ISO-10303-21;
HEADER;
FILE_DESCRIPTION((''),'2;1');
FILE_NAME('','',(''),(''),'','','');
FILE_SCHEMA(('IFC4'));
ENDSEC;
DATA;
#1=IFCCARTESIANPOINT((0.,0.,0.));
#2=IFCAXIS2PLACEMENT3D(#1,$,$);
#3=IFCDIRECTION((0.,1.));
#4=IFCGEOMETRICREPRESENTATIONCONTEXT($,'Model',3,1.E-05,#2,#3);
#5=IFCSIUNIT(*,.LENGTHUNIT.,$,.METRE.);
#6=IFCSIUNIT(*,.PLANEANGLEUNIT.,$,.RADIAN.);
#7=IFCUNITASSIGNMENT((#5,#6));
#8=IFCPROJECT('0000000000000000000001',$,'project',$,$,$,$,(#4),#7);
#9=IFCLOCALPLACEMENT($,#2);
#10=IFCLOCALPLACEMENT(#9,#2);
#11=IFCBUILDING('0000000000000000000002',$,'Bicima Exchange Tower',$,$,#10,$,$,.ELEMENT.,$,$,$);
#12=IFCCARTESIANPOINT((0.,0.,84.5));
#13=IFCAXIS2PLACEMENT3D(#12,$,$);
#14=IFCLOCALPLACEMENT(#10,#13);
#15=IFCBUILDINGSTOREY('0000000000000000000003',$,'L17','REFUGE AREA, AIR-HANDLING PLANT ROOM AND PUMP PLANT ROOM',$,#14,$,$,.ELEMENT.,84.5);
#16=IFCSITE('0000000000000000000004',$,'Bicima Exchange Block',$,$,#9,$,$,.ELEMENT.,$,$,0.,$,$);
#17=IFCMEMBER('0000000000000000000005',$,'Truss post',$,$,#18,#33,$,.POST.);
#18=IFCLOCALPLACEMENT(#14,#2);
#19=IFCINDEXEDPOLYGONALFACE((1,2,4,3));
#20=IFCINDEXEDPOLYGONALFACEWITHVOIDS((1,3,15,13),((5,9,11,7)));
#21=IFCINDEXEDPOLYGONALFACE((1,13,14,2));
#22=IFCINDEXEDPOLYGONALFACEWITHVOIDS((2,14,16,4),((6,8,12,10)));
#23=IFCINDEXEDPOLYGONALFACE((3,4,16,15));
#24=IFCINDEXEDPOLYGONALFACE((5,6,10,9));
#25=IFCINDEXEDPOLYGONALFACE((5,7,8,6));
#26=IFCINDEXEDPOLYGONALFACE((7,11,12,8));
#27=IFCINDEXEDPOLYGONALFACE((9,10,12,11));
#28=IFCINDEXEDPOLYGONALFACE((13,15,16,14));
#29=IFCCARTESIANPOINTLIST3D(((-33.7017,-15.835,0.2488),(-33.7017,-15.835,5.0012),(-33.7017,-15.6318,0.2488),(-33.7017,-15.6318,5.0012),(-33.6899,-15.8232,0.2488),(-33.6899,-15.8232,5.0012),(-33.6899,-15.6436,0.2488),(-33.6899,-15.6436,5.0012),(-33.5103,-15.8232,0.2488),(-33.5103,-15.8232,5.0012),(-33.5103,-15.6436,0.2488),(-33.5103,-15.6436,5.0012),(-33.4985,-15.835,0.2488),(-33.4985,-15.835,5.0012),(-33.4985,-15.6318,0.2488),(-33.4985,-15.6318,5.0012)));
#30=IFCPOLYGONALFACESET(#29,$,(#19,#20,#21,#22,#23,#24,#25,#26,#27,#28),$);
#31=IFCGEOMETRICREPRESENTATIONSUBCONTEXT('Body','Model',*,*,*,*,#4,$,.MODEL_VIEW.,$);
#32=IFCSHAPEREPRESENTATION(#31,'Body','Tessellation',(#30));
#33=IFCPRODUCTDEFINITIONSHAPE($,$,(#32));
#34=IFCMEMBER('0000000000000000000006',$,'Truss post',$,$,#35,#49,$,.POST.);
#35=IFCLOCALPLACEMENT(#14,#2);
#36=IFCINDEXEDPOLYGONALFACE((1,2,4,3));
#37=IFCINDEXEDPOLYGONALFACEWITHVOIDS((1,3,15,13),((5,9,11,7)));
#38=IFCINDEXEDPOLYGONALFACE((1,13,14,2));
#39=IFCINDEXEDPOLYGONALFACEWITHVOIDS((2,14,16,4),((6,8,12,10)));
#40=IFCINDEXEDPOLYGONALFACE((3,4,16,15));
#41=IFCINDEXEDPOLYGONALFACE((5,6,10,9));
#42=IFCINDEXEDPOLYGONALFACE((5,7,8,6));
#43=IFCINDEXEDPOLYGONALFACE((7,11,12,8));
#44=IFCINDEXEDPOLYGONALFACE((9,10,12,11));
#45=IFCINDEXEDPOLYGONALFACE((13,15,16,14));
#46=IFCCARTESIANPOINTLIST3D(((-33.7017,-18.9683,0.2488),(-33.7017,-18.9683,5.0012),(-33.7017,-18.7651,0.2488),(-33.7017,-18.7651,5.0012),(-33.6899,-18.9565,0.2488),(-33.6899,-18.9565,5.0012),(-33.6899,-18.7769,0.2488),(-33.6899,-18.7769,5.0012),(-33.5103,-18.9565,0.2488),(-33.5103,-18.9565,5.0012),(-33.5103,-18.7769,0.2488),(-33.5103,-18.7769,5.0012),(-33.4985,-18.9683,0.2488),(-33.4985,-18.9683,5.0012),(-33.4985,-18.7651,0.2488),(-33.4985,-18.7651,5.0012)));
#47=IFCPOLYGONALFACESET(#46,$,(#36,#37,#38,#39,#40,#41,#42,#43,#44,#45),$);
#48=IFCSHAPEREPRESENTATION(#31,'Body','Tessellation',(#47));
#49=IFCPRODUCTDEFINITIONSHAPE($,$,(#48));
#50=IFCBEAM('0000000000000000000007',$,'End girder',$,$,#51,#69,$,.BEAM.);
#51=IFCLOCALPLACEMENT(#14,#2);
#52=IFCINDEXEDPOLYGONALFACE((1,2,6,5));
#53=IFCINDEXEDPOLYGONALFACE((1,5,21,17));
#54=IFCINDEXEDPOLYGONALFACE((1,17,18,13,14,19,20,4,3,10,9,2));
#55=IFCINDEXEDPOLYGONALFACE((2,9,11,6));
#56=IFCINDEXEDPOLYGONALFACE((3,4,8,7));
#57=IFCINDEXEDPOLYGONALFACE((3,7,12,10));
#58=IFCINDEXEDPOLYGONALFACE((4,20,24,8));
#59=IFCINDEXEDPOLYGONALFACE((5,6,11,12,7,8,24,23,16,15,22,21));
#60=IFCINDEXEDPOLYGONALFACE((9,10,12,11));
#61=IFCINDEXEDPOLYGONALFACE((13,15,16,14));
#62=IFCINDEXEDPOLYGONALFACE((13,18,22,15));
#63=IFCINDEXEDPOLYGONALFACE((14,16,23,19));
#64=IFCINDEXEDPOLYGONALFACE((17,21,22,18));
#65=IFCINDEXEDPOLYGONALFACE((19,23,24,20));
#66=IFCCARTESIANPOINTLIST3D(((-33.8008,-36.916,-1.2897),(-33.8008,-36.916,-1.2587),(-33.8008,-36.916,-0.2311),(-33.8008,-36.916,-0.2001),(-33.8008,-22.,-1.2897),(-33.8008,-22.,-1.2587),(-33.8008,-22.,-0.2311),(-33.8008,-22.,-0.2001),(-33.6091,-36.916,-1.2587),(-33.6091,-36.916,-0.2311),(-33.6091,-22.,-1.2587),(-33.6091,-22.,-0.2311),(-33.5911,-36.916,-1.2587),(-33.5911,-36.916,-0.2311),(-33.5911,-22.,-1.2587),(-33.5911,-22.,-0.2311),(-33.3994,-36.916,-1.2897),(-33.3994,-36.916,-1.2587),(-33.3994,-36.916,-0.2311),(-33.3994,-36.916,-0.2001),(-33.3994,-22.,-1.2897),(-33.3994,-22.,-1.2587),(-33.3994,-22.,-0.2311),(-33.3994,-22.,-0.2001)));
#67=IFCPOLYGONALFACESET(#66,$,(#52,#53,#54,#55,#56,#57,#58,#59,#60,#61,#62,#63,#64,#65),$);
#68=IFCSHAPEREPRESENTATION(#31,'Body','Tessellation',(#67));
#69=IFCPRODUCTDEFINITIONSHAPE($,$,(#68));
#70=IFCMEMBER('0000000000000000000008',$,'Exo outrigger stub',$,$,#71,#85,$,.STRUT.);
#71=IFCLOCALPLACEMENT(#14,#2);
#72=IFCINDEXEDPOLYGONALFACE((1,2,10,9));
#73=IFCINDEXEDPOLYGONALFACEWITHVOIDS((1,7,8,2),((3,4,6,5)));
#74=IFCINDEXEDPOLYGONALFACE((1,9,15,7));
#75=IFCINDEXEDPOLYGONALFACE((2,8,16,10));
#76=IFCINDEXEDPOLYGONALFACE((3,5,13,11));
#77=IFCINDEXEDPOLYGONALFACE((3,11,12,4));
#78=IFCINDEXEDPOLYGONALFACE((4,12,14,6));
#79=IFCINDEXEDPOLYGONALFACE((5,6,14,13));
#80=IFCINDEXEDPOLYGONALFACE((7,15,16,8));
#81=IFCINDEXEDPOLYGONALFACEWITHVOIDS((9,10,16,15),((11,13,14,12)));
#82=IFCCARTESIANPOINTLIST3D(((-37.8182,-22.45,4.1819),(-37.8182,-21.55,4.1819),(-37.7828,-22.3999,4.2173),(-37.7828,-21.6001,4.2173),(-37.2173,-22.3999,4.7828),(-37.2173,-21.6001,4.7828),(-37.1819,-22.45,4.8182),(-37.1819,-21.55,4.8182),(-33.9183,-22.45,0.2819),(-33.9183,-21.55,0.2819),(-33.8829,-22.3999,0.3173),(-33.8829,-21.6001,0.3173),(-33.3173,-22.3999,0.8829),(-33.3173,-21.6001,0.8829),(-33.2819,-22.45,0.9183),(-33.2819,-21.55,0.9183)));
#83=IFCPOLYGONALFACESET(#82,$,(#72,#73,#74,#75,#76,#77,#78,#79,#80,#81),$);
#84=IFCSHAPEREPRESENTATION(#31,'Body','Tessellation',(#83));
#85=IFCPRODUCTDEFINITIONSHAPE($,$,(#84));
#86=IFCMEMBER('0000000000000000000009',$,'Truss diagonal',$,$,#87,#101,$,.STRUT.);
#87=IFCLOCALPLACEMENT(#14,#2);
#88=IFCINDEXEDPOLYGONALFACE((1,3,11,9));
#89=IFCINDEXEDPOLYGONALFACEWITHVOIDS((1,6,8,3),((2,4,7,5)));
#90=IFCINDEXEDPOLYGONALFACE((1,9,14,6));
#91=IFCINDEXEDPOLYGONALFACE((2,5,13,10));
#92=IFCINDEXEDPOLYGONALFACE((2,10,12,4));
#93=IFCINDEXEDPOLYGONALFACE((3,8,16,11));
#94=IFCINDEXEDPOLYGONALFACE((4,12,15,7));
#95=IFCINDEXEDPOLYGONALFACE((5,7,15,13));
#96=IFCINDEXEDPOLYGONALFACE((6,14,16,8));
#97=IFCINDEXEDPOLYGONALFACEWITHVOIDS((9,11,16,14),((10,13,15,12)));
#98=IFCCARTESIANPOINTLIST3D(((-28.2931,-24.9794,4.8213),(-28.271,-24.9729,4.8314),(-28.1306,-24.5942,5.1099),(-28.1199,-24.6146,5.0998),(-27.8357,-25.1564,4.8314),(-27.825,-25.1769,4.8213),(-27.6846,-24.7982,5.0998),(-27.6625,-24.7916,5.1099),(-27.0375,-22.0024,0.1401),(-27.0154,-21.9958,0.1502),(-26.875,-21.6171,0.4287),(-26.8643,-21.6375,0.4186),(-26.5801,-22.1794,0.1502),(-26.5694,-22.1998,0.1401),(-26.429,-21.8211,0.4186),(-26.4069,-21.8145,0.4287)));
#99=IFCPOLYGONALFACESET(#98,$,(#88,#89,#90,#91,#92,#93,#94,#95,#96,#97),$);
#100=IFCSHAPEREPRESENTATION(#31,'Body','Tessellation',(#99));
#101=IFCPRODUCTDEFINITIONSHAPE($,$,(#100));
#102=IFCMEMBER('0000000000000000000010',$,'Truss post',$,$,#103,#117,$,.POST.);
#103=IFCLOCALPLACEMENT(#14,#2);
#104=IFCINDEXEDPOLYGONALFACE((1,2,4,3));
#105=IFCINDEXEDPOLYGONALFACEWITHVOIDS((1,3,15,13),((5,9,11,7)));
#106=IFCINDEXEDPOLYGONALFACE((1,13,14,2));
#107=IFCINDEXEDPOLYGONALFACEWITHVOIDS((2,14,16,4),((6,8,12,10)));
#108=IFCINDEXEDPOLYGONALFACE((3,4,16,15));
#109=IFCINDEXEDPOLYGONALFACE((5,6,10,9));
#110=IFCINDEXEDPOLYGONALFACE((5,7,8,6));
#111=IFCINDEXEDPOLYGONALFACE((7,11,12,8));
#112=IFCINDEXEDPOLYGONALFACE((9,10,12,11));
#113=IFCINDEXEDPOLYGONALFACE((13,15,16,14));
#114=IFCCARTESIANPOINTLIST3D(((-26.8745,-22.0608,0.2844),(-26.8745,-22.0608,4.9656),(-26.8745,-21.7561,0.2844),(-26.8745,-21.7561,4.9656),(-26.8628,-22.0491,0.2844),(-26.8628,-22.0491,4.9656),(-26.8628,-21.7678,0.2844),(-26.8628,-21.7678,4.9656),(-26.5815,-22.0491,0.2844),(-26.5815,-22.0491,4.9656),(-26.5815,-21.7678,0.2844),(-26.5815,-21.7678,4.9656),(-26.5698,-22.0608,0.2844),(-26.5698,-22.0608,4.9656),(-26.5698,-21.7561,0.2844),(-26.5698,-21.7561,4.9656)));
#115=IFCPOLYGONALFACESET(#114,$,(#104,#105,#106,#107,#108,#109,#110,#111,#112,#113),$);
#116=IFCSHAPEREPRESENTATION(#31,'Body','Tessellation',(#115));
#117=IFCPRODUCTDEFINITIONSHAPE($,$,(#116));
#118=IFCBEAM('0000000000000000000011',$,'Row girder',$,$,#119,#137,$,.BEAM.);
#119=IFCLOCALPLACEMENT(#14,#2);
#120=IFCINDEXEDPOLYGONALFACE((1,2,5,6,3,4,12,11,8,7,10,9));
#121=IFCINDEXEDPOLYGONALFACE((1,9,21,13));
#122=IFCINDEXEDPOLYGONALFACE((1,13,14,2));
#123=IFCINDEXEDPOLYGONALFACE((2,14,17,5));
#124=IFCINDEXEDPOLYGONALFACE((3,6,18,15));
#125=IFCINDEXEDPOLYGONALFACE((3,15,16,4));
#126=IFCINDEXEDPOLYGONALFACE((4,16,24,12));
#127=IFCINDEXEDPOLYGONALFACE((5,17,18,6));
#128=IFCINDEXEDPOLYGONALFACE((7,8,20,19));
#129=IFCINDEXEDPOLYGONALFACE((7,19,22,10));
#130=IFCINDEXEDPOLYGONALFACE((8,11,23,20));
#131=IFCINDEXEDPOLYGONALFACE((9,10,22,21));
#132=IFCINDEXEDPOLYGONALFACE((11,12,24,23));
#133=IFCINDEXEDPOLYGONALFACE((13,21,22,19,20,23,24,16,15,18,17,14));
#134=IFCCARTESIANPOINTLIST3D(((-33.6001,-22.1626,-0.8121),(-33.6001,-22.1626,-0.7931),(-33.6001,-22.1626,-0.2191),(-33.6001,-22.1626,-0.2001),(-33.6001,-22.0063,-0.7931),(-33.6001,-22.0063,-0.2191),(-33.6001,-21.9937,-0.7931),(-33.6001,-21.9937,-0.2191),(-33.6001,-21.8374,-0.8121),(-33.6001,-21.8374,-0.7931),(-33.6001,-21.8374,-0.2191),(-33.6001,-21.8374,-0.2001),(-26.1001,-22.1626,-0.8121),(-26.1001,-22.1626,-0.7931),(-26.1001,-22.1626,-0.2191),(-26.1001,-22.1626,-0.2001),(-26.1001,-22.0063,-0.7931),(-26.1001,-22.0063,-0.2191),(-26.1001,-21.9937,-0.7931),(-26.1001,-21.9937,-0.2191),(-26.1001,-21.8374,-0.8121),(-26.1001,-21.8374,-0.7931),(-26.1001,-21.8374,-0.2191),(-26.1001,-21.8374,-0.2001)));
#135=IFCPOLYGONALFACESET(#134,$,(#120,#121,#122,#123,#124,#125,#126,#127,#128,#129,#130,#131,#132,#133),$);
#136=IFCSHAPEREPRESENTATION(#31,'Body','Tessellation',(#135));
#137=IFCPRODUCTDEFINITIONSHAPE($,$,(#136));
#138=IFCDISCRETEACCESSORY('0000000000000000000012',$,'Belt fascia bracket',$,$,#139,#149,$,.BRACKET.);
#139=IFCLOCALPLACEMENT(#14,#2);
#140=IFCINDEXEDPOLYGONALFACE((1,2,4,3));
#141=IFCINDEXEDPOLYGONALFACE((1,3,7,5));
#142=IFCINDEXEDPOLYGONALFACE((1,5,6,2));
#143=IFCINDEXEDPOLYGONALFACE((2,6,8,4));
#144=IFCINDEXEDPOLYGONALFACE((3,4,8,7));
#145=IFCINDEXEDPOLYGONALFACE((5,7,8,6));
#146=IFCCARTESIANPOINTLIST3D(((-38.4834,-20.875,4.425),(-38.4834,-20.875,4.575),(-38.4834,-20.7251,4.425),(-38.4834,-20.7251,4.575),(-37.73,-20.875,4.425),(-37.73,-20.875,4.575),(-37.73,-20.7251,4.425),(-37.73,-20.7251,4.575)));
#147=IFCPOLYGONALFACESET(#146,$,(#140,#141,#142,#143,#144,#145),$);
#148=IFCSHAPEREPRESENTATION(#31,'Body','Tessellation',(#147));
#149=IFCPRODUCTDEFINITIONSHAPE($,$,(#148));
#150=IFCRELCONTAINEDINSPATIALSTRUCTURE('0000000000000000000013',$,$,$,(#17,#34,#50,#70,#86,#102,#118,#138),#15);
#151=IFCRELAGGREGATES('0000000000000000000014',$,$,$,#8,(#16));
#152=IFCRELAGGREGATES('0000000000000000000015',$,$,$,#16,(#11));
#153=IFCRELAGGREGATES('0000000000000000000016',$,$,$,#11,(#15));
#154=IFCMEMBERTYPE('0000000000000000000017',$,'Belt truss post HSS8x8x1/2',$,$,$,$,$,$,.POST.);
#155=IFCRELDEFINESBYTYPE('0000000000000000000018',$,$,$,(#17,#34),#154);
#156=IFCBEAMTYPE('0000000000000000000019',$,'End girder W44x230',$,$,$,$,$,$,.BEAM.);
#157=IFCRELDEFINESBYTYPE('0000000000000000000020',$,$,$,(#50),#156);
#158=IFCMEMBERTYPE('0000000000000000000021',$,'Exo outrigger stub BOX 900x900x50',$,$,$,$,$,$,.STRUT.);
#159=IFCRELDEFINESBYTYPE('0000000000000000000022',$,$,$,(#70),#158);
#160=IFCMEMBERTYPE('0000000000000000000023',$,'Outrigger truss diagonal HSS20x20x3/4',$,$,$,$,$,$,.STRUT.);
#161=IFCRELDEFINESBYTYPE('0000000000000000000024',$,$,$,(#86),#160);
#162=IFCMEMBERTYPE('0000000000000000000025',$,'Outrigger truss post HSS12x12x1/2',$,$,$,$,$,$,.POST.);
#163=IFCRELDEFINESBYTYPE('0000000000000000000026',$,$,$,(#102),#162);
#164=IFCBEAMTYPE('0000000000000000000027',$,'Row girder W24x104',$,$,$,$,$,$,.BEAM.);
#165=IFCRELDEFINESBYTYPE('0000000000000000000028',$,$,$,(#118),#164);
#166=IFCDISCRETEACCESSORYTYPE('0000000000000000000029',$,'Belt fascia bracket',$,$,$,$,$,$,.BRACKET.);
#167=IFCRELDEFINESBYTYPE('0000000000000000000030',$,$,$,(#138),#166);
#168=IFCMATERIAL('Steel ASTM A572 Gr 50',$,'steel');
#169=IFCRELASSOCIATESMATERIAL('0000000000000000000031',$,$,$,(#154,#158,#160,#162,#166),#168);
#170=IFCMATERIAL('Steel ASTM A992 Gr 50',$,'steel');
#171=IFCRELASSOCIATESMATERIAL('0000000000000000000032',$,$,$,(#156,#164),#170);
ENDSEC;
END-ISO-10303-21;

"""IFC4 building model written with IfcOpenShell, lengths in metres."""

from ifc_helpers import new_model, si_unit, direction, frame, origin, origin_2d, place, context, subcontext, project, spatial, rectangle, hollow_rectangle, i_section, extrude, material, material_profile, profile_set, type_object, element, save


model = new_model("IFC4")

# Units and contexts
model_context = context("Model", 3, precision=1e-05, world=origin(), true_north=direction((0.0, 1.0)))
body_context = subcontext(model_context, "Body", "Model", "MODEL_VIEW")
ifc_project = project(units=[si_unit("LENGTHUNIT", "METRE"), si_unit("PLANEANGLEUNIT", "RADIAN")], contexts=[model_context])

# Site, building, storey
site_placement = place(None, origin())
site = spatial("IfcSite", under=ifc_project, at=site_placement, Name="Bicima Exchange Block", CompositionType="ELEMENT", RefElevation=0.0)
building_placement = place(site_placement, origin())
building = spatial("IfcBuilding", under=site, at=building_placement, Name="Bicima Exchange Tower", CompositionType="ELEMENT")
storey_placement = place(building_placement, frame((0.0, 0.0, 84.5)))
storey = spatial("IfcBuildingStorey", under=building, at=storey_placement, Name="L17", Description="REFUGE AREA, AIR-HANDLING PLANT ROOM AND PUMP PLANT ROOM", CompositionType="ELEMENT", Elevation=84.5)

# Shared definitions
ifc_material_1 = material(Name="Steel ASTM A992 Gr 50", Category="steel")

# Shared definitions
ifc_material_2 = material(Name="Steel ASTM A572 Gr 50", Category="steel")

# Members
ifc_material_profile_1 = material_profile(ifc_material_2, hollow_rectangle(XDim=0.2031, YDim=0.2031, WallThickness=0.0117, at=origin_2d()))
ifc_profile_set_1 = profile_set([ifc_material_profile_1], Name="Steel ASTM A572 Gr 50")
member_type_1 = type_object("IfcMemberType", Name="Belt truss post HSS8x8x1/2", PredefinedType="POST", material=ifc_profile_set_1)
for number, where, z_axis, x_axis, name in (
    (1, (-33.6001, -15.7334, 0.2488), (0.0, 0.0, 1.0), (1.0, 0.0, 0.0), "Truss post"),
    (2, (-33.6001, -18.8667, 0.2488), (0.0, 0.0, 1.0), (1.0, 0.0, 0.0), "Truss post"),
):
    element("IfcMember", number, at=place(storey_placement, frame(where, z_axis=z_axis, x_axis=x_axis)), inside=storey, type_object=member_type_1, Name=name, PredefinedType="POST", context=body_context, shape_type="SweptSolid", body=[
        extrude(hollow_rectangle(XDim=0.2031, YDim=0.2031, WallThickness=0.0117, at=origin_2d()), origin(), (0.0, 0.0, 1.0), 4.7524),
    ])

# Beam
ifc_material_profile_2 = material_profile(ifc_material_1, i_section(OverallWidth=0.4014, OverallDepth=1.0896, WebThickness=0.0181, FlangeThickness=0.031, at=origin_2d()))
ifc_profile_set_2 = profile_set([ifc_material_profile_2], Name="Steel ASTM A992 Gr 50")
beam_type_1 = type_object("IfcBeamType", Name="End girder W44x230", PredefinedType="BEAM", material=ifc_profile_set_2)
beam_1_placement = place(storey_placement, frame((-33.6001, -22.0, -0.7449), z_axis=(0.0, -1.0, 0.0), x_axis=(1.0, 0.0, 0.0)))
element("IfcBeam", 3, at=beam_1_placement, inside=storey, type_object=beam_type_1, Name="End girder", PredefinedType="BEAM", context=body_context, shape_type="SweptSolid", body=[
    extrude(i_section(OverallWidth=0.4014, OverallDepth=1.0896, WebThickness=0.0181, FlangeThickness=0.031, at=origin_2d()), origin(), (0.0, 0.0, 1.0), 14.916),
])

# Members
ifc_material_profile_3 = material_profile(ifc_material_2, hollow_rectangle(XDim=0.8999, YDim=0.8999, WallThickness=0.05, at=origin_2d()))
ifc_profile_set_3 = profile_set([ifc_material_profile_3], Name="Steel ASTM A572 Gr 50")
member_type_2 = type_object("IfcMemberType", Name="Exo outrigger stub BOX 900x900x50", PredefinedType="STRUT", material=ifc_profile_set_3)
member_1_placement = place(storey_placement, frame((-33.6001, -22.0, 0.6001), z_axis=(-0.707107, 0.0, 0.707107), x_axis=(0.0, -1.0, 0.0)))
element("IfcMember", 4, at=member_1_placement, inside=storey, type_object=member_type_2, Name="Exo outrigger stub", PredefinedType="STRUT", context=body_context, shape_type="SweptSolid", body=[
    extrude(hollow_rectangle(XDim=0.8999, YDim=0.8999, WallThickness=0.05, at=origin_2d()), origin(), (0.0, 0.0, 1.0), 5.5154),
])
ifc_material_profile_4 = material_profile(ifc_material_2, hollow_rectangle(XDim=0.5081, YDim=0.5081, WallThickness=0.0178, at=origin_2d()))
ifc_profile_set_4 = profile_set([ifc_material_profile_4], Name="Steel ASTM A572 Gr 50")
member_type_3 = type_object("IfcMemberType", Name="Outrigger truss diagonal HSS20x20x3/4", PredefinedType="STRUT", material=ifc_profile_set_4)
member_2_placement = place(storey_placement, frame((-26.7222, -21.9084, 0.2844), z_axis=(-0.220751, -0.523398, 0.822997), x_axis=(0.921401, -0.388614, 0.0)))
element("IfcMember", 5, at=member_2_placement, inside=storey, type_object=member_type_3, Name="Truss diagonal", PredefinedType="STRUT", context=body_context, shape_type="SweptSolid", body=[
    extrude(hollow_rectangle(XDim=0.5081, YDim=0.5081, WallThickness=0.0178, at=origin_2d()), origin(), (0.0, 0.0, 1.0), 5.688),
])
ifc_material_profile_5 = material_profile(ifc_material_2, hollow_rectangle(XDim=0.3047, YDim=0.3047, WallThickness=0.0117, at=origin_2d()))
ifc_profile_set_5 = profile_set([ifc_material_profile_5], Name="Steel ASTM A572 Gr 50")
member_type_4 = type_object("IfcMemberType", Name="Outrigger truss post HSS12x12x1/2", PredefinedType="POST", material=ifc_profile_set_5)
member_3_placement = place(storey_placement, frame((-26.7222, -21.9084, 0.2844), z_axis=(0.0, 0.0, 1.0), x_axis=(1.0, 0.0, 0.0)))
element("IfcMember", 6, at=member_3_placement, inside=storey, type_object=member_type_4, Name="Truss post", PredefinedType="POST", context=body_context, shape_type="SweptSolid", body=[
    extrude(hollow_rectangle(XDim=0.3047, YDim=0.3047, WallThickness=0.0117, at=origin_2d()), origin(), (0.0, 0.0, 1.0), 4.6812),
])

# Beam
ifc_material_profile_6 = material_profile(ifc_material_1, i_section(OverallWidth=0.3252, OverallDepth=0.6121, WebThickness=0.0127, FlangeThickness=0.019, at=origin_2d()))
ifc_profile_set_6 = profile_set([ifc_material_profile_6], Name="Steel ASTM A992 Gr 50")
beam_type_2 = type_object("IfcBeamType", Name="Row girder W24x104", PredefinedType="BEAM", material=ifc_profile_set_6)
beam_2_placement = place(storey_placement, frame((-33.6001, -22.0, -0.5061), z_axis=(1.0, 0.0, 0.0), x_axis=(0.0, 1.0, 0.0)))
element("IfcBeam", 7, at=beam_2_placement, inside=storey, type_object=beam_type_2, Name="Row girder", PredefinedType="BEAM", context=body_context, shape_type="SweptSolid", body=[
    extrude(i_section(OverallWidth=0.3252, OverallDepth=0.6121, WebThickness=0.0127, FlangeThickness=0.019, at=origin_2d()), origin(), (0.0, 0.0, 1.0), 7.5),
])

# Discrete accessory
discrete_accessory_type = type_object("IfcDiscreteAccessoryType", Name="Belt fascia bracket", PredefinedType="BRACKET", material=ifc_material_2)
discrete_accessory_placement = place(storey_placement, frame((-38.1067, -20.8, 4.425), z_axis=(0.0, 0.0, 1.0), x_axis=(0.0, -1.0, 0.0)))
element("IfcDiscreteAccessory", 8, at=discrete_accessory_placement, inside=storey, type_object=discrete_accessory_type, Name="Belt fascia bracket", PredefinedType="BRACKET", context=body_context, shape_type="SweptSolid", body=[
    extrude(rectangle(XDim=0.1499, YDim=0.7534, at=origin_2d()), origin(), (0.0, 0.0, 1.0), 0.1499),
])

save(model, "model.ifc")
